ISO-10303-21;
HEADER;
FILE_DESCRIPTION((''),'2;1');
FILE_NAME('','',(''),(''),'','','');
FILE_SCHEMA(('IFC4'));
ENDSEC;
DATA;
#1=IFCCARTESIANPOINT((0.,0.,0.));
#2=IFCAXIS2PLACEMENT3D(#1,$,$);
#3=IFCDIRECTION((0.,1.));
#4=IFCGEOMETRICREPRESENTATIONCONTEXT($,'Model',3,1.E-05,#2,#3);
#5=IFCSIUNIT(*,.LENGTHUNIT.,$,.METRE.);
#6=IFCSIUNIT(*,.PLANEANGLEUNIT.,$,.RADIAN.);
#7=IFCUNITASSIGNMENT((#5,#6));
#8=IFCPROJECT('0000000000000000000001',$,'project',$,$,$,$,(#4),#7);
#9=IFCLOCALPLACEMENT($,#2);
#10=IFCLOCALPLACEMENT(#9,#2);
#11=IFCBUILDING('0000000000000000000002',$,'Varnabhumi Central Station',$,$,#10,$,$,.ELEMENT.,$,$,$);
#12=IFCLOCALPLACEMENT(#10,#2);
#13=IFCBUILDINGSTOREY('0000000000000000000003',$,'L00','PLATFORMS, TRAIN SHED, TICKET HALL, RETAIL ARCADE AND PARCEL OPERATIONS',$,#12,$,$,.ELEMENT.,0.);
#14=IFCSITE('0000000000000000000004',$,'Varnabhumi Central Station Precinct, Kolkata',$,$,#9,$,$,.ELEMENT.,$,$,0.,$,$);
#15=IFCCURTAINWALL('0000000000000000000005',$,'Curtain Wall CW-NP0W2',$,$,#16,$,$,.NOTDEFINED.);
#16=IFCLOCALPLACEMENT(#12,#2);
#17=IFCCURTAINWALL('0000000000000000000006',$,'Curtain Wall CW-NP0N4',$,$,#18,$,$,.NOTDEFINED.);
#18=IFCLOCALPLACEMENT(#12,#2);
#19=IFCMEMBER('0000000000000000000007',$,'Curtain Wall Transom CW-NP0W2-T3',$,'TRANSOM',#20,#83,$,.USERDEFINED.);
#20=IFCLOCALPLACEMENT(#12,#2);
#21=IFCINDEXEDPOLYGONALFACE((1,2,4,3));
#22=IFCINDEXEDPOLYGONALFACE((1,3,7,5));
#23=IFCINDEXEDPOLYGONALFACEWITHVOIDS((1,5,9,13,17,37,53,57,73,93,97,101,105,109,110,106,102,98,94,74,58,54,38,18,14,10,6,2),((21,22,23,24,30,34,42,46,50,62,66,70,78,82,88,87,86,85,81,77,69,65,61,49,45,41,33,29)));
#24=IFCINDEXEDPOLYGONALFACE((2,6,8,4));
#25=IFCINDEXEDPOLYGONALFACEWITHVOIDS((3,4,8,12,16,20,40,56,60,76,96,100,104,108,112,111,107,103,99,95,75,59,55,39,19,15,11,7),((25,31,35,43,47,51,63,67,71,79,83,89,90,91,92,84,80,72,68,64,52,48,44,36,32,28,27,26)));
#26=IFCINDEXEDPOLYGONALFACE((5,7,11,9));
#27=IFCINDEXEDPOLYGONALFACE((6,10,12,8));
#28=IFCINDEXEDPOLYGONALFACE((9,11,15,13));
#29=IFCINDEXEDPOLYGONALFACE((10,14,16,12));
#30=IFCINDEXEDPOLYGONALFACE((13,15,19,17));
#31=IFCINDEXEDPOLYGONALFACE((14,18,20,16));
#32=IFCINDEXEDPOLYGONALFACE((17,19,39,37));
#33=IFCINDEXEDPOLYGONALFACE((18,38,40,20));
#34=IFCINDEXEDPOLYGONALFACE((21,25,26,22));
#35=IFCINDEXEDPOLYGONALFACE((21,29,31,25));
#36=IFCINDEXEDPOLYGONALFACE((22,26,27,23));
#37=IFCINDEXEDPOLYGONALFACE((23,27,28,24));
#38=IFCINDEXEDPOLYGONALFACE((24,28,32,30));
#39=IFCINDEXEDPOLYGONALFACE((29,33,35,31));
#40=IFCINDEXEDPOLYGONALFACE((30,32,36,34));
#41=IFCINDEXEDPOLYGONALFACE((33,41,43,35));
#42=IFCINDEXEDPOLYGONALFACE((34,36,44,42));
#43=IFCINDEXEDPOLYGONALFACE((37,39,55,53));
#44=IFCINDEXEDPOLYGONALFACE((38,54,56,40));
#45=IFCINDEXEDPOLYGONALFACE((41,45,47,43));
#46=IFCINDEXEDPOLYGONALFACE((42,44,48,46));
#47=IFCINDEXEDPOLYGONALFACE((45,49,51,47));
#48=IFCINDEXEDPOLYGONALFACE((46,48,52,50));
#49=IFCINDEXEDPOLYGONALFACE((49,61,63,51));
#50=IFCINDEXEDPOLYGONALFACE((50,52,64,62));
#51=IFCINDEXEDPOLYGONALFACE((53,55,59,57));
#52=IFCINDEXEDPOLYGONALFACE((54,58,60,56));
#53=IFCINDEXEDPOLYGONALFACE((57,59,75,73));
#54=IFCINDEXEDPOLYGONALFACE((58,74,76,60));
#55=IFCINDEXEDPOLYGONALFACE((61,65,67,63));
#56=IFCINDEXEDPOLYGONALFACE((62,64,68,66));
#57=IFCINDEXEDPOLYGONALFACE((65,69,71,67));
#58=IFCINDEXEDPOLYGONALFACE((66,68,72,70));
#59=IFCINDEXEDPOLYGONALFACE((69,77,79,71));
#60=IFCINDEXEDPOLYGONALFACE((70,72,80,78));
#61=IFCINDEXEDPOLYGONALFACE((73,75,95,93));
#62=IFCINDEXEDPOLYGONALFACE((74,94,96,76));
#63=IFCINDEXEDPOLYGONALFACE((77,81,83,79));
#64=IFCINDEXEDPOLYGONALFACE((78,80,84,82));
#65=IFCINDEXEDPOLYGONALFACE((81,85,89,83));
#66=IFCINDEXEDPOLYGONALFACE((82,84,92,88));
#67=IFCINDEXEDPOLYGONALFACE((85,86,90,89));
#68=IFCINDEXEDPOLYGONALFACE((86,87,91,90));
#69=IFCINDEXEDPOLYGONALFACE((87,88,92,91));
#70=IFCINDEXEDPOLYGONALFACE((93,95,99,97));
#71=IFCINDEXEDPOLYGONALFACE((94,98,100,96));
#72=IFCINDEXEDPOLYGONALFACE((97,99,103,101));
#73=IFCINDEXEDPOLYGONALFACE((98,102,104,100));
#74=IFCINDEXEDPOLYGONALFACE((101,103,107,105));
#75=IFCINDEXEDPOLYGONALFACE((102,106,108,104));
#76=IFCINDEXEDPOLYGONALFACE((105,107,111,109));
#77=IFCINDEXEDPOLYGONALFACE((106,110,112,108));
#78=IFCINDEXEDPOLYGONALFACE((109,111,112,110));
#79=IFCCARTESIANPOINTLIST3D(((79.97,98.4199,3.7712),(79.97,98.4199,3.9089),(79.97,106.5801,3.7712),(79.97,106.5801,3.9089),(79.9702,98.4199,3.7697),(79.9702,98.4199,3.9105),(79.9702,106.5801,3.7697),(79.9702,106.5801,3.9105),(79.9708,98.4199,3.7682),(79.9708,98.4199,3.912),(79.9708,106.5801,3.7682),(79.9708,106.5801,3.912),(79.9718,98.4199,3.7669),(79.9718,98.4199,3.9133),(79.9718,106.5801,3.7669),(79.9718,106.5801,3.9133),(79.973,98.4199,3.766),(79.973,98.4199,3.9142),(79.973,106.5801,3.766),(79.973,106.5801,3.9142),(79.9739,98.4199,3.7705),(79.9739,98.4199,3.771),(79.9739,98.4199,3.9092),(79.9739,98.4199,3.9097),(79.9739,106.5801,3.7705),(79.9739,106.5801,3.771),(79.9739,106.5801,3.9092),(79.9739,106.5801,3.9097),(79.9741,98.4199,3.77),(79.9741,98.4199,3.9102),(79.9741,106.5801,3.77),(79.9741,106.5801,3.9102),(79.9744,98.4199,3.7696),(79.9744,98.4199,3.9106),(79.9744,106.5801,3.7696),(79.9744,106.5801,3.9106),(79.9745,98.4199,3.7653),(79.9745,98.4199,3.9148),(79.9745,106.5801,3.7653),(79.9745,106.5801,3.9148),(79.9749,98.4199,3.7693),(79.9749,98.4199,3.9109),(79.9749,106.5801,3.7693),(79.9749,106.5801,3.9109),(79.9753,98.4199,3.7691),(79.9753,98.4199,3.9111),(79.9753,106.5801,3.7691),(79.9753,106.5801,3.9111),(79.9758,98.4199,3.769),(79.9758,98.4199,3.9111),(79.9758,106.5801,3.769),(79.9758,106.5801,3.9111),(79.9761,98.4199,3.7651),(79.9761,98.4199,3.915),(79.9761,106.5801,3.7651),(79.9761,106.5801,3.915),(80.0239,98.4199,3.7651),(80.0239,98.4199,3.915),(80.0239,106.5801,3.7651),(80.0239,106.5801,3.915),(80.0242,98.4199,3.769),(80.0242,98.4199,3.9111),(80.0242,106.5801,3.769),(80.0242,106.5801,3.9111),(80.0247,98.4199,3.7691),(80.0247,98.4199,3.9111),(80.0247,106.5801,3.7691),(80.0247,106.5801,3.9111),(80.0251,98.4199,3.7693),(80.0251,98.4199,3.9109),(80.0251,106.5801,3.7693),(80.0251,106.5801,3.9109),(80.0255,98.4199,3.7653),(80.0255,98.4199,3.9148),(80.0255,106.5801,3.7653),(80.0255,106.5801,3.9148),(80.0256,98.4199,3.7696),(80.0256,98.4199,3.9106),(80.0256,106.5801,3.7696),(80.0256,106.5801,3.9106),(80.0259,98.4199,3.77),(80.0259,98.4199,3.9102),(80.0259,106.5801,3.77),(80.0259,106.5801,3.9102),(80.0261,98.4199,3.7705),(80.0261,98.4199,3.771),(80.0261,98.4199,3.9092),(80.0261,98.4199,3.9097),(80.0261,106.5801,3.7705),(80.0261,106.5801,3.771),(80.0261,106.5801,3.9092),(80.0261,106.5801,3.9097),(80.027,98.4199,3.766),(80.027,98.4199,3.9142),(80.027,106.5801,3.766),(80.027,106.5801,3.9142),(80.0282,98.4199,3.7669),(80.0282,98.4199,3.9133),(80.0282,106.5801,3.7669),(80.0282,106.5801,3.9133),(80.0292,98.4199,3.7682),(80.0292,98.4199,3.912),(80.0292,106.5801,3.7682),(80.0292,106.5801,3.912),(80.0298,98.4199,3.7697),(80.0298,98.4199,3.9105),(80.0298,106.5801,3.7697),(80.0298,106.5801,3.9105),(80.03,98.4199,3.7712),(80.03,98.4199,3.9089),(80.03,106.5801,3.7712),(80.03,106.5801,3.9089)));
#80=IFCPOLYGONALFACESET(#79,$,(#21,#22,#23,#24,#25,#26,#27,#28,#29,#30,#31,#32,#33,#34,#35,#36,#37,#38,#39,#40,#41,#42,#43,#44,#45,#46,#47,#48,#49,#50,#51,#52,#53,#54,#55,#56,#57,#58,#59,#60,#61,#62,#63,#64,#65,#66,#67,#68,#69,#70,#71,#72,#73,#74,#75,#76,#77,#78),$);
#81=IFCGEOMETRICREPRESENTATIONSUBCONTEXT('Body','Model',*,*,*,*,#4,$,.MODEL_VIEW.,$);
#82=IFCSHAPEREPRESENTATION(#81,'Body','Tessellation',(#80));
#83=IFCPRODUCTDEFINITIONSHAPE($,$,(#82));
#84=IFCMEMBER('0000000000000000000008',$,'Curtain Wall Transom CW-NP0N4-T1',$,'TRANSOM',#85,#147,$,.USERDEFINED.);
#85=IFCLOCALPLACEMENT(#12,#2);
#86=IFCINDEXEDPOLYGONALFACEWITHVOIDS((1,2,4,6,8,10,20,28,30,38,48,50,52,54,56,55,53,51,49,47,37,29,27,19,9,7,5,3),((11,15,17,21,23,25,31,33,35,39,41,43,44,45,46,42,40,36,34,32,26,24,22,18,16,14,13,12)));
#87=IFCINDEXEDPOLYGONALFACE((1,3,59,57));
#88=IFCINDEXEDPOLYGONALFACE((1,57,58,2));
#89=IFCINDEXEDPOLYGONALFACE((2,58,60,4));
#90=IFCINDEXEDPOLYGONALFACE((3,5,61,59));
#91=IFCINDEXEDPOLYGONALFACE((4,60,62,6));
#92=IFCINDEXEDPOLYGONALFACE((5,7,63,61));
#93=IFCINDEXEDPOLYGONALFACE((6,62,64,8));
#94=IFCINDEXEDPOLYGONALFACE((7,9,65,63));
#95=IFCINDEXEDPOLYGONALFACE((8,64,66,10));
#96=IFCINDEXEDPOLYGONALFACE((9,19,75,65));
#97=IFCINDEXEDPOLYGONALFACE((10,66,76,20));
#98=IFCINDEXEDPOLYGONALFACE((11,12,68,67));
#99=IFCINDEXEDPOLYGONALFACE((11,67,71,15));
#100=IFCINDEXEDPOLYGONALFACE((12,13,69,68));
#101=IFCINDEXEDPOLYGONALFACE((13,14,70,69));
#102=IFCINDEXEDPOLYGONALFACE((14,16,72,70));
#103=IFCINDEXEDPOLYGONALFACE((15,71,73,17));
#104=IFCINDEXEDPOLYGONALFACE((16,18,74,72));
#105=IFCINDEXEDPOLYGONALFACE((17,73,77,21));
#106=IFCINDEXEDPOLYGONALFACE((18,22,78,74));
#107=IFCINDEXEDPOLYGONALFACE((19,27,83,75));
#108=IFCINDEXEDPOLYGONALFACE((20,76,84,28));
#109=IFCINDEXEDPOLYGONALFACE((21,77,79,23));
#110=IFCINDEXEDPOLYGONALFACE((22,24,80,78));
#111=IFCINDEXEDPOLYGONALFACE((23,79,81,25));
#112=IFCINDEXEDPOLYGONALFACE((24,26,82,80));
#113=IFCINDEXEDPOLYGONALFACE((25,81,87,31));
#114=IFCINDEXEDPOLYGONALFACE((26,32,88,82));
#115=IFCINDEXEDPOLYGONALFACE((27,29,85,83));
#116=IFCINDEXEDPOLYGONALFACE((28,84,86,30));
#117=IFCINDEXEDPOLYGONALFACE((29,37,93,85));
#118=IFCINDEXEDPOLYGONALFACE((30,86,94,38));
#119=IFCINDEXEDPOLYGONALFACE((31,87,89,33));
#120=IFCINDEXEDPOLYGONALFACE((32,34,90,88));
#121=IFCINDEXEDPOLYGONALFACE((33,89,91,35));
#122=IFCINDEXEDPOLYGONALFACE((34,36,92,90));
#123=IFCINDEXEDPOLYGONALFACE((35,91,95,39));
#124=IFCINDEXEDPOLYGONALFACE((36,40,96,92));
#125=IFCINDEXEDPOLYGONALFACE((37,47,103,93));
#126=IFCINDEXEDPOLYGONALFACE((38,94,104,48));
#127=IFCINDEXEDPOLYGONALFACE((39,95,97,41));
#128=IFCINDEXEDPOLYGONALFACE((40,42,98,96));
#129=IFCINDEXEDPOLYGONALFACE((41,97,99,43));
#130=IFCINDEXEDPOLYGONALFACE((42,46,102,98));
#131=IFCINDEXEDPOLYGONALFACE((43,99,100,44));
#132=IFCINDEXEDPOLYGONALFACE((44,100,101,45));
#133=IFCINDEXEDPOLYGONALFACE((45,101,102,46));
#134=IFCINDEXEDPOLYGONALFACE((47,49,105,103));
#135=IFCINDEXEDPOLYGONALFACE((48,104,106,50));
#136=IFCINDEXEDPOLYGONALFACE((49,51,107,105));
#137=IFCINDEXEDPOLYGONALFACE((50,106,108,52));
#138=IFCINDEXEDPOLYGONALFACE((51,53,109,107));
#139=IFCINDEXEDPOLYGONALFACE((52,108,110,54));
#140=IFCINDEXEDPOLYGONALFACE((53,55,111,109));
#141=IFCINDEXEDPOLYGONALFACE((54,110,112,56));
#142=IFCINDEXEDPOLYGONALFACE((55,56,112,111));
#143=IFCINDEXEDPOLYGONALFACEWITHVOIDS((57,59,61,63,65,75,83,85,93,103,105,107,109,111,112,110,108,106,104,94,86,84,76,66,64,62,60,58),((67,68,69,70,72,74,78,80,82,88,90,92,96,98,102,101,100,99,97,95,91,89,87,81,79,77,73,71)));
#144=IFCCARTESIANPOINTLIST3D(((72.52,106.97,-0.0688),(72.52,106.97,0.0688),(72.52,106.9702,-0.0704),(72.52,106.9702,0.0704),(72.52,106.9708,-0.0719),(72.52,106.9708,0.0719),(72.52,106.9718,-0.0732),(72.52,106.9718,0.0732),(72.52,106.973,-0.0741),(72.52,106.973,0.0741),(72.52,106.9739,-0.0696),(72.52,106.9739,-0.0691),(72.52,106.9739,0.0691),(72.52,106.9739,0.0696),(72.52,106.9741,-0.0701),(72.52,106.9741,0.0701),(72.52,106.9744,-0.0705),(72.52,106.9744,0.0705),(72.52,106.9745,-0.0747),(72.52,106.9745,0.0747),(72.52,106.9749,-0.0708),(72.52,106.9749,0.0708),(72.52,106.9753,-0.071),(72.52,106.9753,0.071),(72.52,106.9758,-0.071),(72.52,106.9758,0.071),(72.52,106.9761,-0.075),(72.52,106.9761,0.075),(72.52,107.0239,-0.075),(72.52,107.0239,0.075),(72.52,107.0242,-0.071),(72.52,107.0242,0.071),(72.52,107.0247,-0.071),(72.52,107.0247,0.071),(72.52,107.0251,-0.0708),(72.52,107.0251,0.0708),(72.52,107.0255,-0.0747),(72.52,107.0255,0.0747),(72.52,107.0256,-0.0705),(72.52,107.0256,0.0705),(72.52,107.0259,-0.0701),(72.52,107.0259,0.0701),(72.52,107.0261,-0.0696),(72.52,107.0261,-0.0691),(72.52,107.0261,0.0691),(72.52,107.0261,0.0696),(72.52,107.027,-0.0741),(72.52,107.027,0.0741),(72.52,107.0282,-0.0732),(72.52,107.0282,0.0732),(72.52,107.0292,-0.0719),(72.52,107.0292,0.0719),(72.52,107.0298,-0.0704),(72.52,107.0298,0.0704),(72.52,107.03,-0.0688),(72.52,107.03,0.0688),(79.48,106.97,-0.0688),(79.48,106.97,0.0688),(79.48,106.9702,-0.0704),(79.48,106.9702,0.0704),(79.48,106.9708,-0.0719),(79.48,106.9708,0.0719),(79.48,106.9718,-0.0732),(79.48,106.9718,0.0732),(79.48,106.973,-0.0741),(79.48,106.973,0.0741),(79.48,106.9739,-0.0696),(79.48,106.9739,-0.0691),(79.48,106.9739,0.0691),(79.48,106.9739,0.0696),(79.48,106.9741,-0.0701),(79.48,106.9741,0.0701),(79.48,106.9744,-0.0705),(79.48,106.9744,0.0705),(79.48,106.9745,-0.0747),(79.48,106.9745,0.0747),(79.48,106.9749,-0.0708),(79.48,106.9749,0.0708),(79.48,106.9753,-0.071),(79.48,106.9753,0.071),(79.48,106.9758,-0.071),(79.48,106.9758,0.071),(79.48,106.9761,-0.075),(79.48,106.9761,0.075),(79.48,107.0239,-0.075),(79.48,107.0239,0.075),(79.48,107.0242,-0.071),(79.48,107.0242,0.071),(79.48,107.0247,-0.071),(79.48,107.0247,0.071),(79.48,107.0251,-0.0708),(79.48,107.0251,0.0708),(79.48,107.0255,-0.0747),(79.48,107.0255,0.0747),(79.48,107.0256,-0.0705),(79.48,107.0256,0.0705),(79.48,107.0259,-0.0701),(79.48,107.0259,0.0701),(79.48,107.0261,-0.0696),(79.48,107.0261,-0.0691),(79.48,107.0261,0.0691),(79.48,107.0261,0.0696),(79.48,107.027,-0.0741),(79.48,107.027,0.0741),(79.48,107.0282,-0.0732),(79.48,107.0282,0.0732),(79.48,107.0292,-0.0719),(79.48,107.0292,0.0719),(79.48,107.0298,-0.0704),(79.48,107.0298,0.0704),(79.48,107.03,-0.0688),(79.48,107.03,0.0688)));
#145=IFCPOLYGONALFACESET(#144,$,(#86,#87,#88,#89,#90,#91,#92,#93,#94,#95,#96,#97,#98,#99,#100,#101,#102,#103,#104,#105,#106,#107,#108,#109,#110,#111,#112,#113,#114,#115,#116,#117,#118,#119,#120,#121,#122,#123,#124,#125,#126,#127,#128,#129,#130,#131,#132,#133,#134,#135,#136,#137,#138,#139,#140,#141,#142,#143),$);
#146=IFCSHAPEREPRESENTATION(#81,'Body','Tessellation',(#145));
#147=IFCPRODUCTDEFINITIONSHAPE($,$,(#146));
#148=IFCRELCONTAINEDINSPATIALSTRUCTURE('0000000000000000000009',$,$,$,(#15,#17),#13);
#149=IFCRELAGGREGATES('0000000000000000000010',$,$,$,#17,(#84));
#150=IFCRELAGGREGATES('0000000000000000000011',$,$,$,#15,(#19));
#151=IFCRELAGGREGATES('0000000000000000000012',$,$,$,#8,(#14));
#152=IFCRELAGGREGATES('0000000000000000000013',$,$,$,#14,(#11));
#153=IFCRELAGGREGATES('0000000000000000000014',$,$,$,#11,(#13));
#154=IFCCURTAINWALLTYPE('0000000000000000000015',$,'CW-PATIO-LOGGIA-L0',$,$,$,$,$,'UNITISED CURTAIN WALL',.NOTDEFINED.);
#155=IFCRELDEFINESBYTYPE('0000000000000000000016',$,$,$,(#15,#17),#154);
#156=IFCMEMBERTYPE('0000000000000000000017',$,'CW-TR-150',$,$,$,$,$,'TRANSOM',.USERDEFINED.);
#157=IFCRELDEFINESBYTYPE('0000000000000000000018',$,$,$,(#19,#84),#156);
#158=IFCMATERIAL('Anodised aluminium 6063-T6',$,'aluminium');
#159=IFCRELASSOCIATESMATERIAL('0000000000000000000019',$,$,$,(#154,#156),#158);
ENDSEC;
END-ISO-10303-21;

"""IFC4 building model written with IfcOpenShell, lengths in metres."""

from ifc_helpers import new_model, si_unit, direction, frame, origin, origin_2d, place, context, subcontext, project, spatial, hollow_rectangle, extrude, material, material_profile, profile_set, type_object, element, aggregate, save


model = new_model("IFC4")

# Units and contexts
model_context = context("Model", 3, precision=1e-05, world=origin(), true_north=direction((0.0, 1.0)))
body_context = subcontext(model_context, "Body", "Model", "MODEL_VIEW")
ifc_project = project(units=[si_unit("LENGTHUNIT", "METRE"), si_unit("PLANEANGLEUNIT", "RADIAN")], contexts=[model_context])

# Site, building, storey
site_placement = place(None, origin())
site = spatial("IfcSite", under=ifc_project, at=site_placement, Name="Varnabhumi Central Station Precinct, Kolkata", CompositionType="ELEMENT", RefElevation=0.0)
building_placement = place(site_placement, origin())
building = spatial("IfcBuilding", under=site, at=building_placement, Name="Varnabhumi Central Station", CompositionType="ELEMENT")
storey_placement = place(building_placement, origin())
storey = spatial("IfcBuildingStorey", under=building, at=storey_placement, Name="L00", Description="PLATFORMS, TRAIN SHED, TICKET HALL, RETAIL ARCADE AND PARCEL OPERATIONS", CompositionType="ELEMENT", Elevation=0.0)

# Curtain wall
ifc_material_1 = material(Name="Anodised aluminium 6063-T6", Category="aluminium")
curtain_wall_type = type_object("IfcCurtainWallType", Name="CW-PATIO-LOGGIA-L0", ElementType="UNITISED CURTAIN WALL", PredefinedType="NOTDEFINED", material=ifc_material_1)
curtain_wall_1_placement = place(storey_placement, origin())
curtain_wall_1 = element("IfcCurtainWall", 1, at=curtain_wall_1_placement, inside=storey, type_object=curtain_wall_type, Name="Curtain Wall CW-NP0W2", PredefinedType="NOTDEFINED")

# Curtain wall
curtain_wall_2_placement = place(storey_placement, origin())
curtain_wall_2 = element("IfcCurtainWall", 2, at=curtain_wall_2_placement, inside=storey, type_object=curtain_wall_type, Name="Curtain Wall CW-NP0N4", PredefinedType="NOTDEFINED")

# Members
ifc_material_profile_1 = material_profile(ifc_material_1, hollow_rectangle(XDim=0.0601, YDim=0.1499, WallThickness=0.0039, InnerFilletRadius=0.002, OuterFilletRadius=0.0061, at=origin_2d()), Name="Anodised aluminium 6063-T6", Category="aluminium")
ifc_profile_set_1 = profile_set([ifc_material_profile_1], Name="Anodised aluminium 6063-T6")
member_type_1 = type_object("IfcMemberType", Name="CW-TR-150", ElementType="TRANSOM", PredefinedType="USERDEFINED", material=ifc_profile_set_1)
member_1_placement = place(storey_placement, frame((80.0, 98.4199, 3.8401), z_axis=(0.0, 1.0, 0.0), x_axis=(-1.0, 0.0, 0.0)))
member_1 = element("IfcMember", 3, at=member_1_placement, type_object=member_type_1, Name="Curtain Wall Transom CW-NP0W2-T3", ObjectType="TRANSOM", PredefinedType="USERDEFINED", context=body_context, shape_type="SweptSolid", body=[
    extrude(hollow_rectangle(XDim=0.0601, YDim=0.1499, WallThickness=0.0039, InnerFilletRadius=0.002, OuterFilletRadius=0.0061, at=origin_2d()), origin(), (0.0, 0.0, 1.0), 8.1602),
])
member_2_placement = place(storey_placement, frame((72.52, 107.0, 0.0), z_axis=(1.0, 0.0, 0.0), x_axis=(0.0, 1.0, 0.0)))
member_2 = element("IfcMember", 4, at=member_2_placement, type_object=member_type_1, Name="Curtain Wall Transom CW-NP0N4-T1", ObjectType="TRANSOM", PredefinedType="USERDEFINED", context=body_context, shape_type="SweptSolid", body=[
    extrude(hollow_rectangle(XDim=0.0601, YDim=0.1499, WallThickness=0.0039, InnerFilletRadius=0.002, OuterFilletRadius=0.0061, at=origin_2d()), origin(), (0.0, 0.0, 1.0), 6.96),
])
aggregate(curtain_wall_2, [member_2])

aggregate(curtain_wall_1, [member_1])

save(model, "model.ifc")
